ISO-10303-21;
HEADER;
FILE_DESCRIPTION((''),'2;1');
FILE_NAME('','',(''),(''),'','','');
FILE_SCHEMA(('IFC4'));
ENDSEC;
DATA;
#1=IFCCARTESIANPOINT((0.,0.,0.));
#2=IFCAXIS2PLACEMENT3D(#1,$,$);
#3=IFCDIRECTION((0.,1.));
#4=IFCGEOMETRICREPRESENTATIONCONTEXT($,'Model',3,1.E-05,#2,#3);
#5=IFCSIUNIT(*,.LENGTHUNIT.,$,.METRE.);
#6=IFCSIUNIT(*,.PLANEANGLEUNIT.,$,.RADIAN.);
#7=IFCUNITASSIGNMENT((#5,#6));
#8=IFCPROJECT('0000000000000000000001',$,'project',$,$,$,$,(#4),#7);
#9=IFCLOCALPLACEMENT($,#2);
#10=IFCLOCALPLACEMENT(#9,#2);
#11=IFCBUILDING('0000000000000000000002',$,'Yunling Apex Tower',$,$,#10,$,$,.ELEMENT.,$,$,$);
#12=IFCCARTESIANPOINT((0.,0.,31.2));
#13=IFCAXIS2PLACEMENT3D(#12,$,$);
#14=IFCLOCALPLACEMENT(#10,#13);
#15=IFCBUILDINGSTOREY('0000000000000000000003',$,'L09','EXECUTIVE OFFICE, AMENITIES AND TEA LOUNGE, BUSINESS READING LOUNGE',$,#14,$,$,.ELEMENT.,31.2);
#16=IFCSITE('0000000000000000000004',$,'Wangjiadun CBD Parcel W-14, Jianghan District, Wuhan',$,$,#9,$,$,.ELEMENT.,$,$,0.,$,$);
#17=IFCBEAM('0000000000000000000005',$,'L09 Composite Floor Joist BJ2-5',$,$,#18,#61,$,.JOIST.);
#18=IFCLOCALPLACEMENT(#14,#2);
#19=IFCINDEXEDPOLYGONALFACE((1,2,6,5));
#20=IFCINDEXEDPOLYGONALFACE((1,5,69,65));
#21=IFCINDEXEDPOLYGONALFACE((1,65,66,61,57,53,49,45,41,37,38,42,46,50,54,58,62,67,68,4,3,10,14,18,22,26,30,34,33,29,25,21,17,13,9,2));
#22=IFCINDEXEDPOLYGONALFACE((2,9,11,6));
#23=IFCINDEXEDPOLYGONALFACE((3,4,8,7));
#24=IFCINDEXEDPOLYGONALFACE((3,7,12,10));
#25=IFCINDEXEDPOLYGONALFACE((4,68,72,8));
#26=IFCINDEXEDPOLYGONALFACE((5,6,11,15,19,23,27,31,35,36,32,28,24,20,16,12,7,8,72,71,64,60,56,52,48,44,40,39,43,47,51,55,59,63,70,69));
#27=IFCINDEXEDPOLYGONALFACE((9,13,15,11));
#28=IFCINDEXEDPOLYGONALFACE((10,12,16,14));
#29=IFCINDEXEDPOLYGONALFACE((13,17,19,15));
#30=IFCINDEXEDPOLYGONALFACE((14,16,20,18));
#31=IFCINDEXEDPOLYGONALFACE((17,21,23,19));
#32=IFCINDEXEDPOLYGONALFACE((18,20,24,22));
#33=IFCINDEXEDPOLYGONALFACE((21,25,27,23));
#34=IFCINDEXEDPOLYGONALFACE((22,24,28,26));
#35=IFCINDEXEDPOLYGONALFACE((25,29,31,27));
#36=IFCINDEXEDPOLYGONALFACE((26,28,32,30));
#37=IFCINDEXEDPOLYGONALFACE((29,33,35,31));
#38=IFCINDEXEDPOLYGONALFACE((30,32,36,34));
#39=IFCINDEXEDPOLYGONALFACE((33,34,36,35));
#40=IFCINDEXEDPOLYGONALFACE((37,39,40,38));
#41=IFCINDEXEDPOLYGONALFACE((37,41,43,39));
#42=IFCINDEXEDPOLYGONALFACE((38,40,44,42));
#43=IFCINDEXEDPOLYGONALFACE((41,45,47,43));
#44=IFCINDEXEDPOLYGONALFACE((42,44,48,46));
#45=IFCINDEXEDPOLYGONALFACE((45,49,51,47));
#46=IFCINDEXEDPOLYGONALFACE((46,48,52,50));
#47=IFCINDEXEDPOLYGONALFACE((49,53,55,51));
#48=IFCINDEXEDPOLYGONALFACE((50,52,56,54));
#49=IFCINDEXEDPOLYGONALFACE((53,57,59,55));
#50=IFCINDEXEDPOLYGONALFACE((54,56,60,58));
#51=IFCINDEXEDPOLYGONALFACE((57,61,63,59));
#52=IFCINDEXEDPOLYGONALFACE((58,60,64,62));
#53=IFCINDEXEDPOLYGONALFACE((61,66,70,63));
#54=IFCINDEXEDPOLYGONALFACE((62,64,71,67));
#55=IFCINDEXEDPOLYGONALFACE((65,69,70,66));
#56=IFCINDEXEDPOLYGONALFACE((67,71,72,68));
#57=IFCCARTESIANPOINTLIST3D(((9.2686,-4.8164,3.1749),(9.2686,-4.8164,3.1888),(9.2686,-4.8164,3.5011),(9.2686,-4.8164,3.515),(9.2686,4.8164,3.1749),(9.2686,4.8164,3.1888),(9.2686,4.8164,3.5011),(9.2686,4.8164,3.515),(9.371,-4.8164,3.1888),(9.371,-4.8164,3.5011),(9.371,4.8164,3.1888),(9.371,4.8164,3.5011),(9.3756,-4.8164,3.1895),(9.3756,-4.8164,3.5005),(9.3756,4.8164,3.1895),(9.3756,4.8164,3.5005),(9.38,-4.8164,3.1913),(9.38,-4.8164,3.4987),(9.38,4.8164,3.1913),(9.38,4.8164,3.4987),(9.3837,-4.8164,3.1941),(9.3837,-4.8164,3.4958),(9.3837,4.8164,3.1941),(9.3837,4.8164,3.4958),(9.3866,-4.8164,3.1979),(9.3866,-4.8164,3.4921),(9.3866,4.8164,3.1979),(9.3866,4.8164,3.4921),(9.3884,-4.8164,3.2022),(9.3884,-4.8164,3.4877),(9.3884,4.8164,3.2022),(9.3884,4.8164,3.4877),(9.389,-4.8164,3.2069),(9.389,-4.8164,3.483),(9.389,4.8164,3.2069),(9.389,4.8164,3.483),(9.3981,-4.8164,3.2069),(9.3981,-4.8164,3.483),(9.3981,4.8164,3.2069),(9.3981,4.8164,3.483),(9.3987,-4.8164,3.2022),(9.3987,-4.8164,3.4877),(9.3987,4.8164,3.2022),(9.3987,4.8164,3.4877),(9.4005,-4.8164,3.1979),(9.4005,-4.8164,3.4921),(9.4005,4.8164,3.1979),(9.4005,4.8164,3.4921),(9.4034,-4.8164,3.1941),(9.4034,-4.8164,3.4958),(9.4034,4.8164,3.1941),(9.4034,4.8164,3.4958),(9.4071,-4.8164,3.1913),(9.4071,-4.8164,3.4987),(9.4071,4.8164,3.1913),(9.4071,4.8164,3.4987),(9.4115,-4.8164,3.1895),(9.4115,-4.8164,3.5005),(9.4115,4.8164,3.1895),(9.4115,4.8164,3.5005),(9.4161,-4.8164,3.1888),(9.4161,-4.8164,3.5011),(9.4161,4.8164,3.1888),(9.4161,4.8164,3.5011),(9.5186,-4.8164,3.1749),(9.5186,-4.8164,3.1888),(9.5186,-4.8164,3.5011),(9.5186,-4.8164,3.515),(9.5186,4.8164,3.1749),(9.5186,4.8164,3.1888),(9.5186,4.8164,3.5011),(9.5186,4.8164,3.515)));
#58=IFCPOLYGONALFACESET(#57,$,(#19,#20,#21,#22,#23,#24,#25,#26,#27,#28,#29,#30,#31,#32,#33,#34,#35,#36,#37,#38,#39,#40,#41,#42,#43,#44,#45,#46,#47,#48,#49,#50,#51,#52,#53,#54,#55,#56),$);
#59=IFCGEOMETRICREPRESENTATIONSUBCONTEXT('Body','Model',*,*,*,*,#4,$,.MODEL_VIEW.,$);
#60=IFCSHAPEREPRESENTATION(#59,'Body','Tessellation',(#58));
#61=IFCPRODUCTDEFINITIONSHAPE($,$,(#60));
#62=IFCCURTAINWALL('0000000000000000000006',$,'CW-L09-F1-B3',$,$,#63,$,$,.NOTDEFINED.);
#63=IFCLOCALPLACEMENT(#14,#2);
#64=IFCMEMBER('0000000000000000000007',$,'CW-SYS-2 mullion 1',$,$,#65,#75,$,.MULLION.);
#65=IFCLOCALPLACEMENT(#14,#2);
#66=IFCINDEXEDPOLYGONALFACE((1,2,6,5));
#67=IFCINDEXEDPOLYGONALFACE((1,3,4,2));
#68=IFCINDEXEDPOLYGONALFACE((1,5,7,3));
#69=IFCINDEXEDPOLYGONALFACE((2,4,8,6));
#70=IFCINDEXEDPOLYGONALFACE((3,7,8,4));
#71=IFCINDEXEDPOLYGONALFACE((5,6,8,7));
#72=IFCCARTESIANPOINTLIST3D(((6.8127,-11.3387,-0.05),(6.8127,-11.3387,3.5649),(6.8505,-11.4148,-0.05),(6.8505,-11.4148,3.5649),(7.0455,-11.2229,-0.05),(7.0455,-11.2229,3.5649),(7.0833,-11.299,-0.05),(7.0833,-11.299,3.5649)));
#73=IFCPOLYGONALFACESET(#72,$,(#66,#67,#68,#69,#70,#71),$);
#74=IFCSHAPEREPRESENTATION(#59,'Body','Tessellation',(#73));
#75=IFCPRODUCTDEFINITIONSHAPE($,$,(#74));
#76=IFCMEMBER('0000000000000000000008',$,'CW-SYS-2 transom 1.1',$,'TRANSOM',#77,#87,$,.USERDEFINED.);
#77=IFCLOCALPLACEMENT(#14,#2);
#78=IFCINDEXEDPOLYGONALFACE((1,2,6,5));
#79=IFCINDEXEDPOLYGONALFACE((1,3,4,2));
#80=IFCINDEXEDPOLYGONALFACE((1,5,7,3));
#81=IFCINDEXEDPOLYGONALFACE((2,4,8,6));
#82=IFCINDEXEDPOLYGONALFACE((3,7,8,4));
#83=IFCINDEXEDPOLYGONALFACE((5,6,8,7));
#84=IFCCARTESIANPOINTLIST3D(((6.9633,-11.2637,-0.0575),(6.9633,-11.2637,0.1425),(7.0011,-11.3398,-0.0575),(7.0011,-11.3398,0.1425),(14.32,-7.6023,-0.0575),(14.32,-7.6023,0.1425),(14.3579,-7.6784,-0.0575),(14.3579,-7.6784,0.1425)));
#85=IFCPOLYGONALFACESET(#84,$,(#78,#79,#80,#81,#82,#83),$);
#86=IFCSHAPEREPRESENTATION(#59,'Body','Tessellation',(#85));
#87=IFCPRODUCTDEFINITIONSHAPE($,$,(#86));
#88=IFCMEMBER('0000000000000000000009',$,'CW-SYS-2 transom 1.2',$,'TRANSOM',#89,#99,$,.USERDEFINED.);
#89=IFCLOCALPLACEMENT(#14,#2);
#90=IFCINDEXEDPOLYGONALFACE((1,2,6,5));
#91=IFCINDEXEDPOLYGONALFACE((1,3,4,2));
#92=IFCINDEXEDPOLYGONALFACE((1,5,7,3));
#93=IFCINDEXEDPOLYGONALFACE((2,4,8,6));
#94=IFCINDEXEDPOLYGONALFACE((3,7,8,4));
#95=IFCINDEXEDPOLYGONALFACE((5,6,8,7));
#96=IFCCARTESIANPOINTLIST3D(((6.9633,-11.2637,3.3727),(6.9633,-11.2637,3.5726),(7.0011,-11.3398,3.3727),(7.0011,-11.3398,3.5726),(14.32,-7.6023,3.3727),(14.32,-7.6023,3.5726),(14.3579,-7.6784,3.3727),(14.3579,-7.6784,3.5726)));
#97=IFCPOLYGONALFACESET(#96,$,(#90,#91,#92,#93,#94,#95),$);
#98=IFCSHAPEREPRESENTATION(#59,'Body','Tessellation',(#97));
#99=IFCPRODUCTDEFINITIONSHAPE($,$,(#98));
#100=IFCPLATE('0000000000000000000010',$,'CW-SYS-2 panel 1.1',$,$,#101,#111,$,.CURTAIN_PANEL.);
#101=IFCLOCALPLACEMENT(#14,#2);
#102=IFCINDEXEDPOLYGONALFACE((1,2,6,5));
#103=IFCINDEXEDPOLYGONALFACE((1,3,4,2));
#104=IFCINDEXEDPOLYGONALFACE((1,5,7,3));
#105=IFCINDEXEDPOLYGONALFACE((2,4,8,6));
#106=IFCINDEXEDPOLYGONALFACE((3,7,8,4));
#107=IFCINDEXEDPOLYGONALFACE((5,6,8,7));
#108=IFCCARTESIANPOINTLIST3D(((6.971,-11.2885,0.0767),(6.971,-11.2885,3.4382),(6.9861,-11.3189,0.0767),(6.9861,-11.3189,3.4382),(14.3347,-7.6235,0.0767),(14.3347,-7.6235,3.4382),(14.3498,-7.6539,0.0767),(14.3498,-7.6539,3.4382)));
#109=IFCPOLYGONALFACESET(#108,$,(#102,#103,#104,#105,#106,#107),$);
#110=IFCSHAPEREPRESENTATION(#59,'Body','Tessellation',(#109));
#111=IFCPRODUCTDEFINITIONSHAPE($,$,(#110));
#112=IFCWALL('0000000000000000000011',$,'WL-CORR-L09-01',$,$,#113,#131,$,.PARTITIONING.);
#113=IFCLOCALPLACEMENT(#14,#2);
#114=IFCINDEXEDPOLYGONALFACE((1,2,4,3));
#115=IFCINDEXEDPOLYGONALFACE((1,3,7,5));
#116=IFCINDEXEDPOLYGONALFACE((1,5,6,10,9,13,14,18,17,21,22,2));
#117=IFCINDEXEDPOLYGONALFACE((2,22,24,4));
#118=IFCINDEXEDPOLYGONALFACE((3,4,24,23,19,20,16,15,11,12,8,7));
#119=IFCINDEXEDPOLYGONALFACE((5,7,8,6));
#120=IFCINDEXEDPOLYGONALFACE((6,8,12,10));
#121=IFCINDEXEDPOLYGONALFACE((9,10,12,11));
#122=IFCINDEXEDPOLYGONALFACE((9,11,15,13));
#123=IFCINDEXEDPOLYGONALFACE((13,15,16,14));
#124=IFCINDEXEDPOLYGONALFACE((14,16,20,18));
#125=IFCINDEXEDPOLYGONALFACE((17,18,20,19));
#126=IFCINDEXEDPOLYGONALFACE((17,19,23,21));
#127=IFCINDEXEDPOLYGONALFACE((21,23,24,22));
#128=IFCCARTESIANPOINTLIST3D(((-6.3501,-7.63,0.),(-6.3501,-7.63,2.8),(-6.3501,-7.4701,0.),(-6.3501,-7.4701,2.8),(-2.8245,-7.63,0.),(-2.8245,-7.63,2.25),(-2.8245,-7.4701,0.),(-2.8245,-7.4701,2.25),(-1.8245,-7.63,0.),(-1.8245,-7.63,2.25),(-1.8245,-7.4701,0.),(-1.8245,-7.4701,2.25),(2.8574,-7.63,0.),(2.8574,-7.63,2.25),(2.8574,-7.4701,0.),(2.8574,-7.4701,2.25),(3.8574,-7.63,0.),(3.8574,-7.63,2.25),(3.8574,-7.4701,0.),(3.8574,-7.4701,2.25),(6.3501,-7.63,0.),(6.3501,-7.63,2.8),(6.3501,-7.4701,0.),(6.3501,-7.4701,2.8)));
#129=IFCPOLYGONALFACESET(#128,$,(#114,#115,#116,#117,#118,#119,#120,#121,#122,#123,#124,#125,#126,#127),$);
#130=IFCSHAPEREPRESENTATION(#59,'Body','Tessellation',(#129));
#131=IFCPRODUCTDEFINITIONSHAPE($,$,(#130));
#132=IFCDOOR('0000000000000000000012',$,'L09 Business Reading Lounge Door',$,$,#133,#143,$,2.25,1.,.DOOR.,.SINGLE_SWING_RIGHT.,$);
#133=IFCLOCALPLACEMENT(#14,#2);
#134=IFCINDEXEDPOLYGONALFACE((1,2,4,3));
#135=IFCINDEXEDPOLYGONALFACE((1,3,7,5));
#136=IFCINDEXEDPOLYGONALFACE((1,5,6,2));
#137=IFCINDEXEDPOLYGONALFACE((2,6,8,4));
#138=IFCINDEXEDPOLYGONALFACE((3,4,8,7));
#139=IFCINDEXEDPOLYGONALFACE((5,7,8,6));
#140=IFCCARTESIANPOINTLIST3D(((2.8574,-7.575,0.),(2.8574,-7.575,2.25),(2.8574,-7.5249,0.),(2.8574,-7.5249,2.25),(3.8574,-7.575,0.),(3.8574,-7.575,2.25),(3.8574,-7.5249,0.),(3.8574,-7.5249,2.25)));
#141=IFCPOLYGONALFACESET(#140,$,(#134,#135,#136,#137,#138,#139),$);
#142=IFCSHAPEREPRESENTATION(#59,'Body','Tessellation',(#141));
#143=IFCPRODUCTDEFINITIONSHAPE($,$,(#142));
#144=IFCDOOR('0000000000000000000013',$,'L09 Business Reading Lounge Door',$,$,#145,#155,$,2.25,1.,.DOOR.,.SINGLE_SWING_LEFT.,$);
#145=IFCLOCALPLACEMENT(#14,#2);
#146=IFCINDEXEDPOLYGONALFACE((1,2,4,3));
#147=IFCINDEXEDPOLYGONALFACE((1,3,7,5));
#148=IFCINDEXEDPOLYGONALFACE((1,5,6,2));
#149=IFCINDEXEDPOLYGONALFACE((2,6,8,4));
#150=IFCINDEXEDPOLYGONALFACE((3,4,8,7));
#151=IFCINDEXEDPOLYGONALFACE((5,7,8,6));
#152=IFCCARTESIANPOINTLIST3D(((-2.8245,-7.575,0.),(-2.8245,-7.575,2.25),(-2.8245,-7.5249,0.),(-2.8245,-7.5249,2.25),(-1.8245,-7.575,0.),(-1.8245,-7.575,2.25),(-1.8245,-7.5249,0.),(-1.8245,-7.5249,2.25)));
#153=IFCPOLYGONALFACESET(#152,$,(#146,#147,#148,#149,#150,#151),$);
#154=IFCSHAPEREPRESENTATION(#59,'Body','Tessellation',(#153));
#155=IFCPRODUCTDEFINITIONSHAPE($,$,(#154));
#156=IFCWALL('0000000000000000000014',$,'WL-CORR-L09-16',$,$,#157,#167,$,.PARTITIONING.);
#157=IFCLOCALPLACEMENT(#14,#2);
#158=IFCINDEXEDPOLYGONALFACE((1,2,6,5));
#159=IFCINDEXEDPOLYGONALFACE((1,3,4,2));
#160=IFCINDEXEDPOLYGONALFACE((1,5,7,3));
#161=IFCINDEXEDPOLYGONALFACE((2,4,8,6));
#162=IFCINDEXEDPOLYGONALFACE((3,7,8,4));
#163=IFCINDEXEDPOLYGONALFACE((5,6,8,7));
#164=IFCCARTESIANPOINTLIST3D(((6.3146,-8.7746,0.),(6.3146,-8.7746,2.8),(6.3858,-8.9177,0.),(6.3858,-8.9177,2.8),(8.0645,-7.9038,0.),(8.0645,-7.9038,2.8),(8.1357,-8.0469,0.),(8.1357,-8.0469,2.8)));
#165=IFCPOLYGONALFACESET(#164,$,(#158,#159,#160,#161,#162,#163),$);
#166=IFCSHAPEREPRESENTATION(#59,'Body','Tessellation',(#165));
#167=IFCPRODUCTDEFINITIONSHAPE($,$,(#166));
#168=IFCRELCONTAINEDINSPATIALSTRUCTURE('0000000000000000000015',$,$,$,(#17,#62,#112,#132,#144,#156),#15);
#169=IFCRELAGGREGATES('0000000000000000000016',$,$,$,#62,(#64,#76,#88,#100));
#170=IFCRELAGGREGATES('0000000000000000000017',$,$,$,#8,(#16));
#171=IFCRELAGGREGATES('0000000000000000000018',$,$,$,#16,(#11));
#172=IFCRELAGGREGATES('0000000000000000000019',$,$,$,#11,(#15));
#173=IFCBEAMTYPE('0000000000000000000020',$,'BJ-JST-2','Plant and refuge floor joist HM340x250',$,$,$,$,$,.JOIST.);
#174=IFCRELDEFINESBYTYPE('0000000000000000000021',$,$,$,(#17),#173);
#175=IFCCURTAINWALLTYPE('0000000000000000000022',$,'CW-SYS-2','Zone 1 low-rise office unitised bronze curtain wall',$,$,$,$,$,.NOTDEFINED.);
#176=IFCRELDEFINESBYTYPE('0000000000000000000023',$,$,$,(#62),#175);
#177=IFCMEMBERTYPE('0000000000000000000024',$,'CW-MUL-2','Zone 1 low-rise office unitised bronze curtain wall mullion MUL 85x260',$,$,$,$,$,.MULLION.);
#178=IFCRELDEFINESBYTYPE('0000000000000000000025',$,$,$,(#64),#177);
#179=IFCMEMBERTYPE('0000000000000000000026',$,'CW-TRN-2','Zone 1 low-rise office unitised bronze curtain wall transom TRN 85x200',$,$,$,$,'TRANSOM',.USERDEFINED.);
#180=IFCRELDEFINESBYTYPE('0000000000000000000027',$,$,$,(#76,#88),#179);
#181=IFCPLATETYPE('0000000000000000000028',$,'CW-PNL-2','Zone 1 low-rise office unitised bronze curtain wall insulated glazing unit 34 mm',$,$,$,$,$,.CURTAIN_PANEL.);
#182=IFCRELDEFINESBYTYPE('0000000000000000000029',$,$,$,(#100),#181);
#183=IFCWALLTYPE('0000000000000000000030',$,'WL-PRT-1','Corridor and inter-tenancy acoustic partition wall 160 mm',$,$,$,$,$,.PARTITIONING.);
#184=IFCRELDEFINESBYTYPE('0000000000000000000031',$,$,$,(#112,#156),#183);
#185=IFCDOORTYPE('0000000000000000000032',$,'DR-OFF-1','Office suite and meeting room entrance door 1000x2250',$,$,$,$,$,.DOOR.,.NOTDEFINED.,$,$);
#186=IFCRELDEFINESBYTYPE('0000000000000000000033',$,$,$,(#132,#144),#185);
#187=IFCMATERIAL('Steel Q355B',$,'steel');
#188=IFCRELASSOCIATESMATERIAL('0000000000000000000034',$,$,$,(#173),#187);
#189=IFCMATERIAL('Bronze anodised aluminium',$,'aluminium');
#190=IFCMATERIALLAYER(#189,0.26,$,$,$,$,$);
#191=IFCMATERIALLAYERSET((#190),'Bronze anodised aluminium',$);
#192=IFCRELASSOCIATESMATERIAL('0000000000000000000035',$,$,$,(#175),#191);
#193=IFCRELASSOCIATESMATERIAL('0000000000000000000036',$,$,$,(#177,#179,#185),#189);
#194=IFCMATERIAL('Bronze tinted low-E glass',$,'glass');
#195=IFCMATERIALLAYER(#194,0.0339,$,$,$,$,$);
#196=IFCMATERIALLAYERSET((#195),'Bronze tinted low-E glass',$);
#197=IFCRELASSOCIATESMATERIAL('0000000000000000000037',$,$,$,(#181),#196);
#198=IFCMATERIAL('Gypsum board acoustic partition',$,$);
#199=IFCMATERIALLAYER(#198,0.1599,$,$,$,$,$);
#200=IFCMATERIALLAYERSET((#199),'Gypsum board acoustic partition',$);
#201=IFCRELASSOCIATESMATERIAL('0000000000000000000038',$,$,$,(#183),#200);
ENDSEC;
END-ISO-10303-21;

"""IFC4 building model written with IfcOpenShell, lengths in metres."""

from ifc_helpers import new_model, si_unit, direction, frame, frame_2d, origin, origin_2d, place, context, subcontext, project, spatial, rectangle, i_section, extrude, source, transform, mapped, material, layer, layer_set, material_profile, profile_set, type_object, element, fill, aggregate, save


model = new_model("IFC4")

# Units and contexts
model_context = context("Model", 3, precision=1e-05, world=origin(), true_north=direction((0.0, 1.0)))
body_context = subcontext(model_context, "Body", "Model", "MODEL_VIEW")
ifc_project = project(units=[si_unit("LENGTHUNIT", "METRE"), si_unit("PLANEANGLEUNIT", "RADIAN")], contexts=[model_context])

# Site, building, storey
site_placement = place(None, origin())
site = spatial("IfcSite", under=ifc_project, at=site_placement, Name="Wangjiadun CBD Parcel W-14, Jianghan District, Wuhan", CompositionType="ELEMENT", RefElevation=0.0)
building_placement = place(site_placement, origin())
building = spatial("IfcBuilding", under=site, at=building_placement, Name="Yunling Apex Tower", CompositionType="ELEMENT")
storey_placement = place(building_placement, frame((0.0, 0.0, 31.2)))
storey = spatial("IfcBuildingStorey", under=building, at=storey_placement, Name="L09", Description="EXECUTIVE OFFICE, AMENITIES AND TEA LOUNGE, BUSINESS READING LOUNGE", CompositionType="ELEMENT", Elevation=31.2)

# Beam
ifc_material_1 = material(Name="Steel Q355B", Category="steel")
ifc_material_profile_1 = material_profile(ifc_material_1, i_section(OverallWidth=0.25, OverallDepth=0.3401, WebThickness=0.009, FlangeThickness=0.0139, FilletRadius=0.0181, at=origin_2d()))
ifc_profile_set_1 = profile_set([ifc_material_profile_1], Name="Steel Q355B")
beam_type_1 = type_object("IfcBeamType", Name="BJ-JST-2", Description="Plant and refuge floor joist HM340x250", PredefinedType="JOIST", material=ifc_profile_set_1)
shared_shape_1 = source(origin(), body_context, "Body", "SweptSolid", [
    extrude(i_section(OverallWidth=0.25, OverallDepth=0.3401, WebThickness=0.009, FlangeThickness=0.0139, FilletRadius=0.0181, at=origin_2d()), origin(), (0.0, 0.0, 1.0), 9.6328),
])
beam_1_placement = place(storey_placement, frame((9.3936, -4.8164, 3.345), z_axis=(0.0, 1.0, 0.0), x_axis=(-1.0, 0.0, 0.0)))
element("IfcBeam", 1, at=beam_1_placement, inside=storey, type_object=beam_type_1, Name="L09 Composite Floor Joist BJ2-5", PredefinedType="JOIST", context=body_context, shape_type="MappedRepresentation", body=[
    mapped(shared_shape_1, transform((0.0, 0.0, 0.0), scale=1.0)),
])

# Curtain wall, members, plate
ifc_material_2 = material(Name="Bronze anodised aluminium", Category="aluminium")
ifc_layer_1 = layer(ifc_material_2, 0.26)
ifc_layer_set_1 = layer_set([ifc_layer_1], Name="Bronze anodised aluminium")
curtain_wall_type = type_object("IfcCurtainWallType", Name="CW-SYS-2", Description="Zone 1 low-rise office unitised bronze curtain wall", PredefinedType="NOTDEFINED", material=ifc_layer_set_1)
curtain_wall_placement = place(storey_placement, origin())
curtain_wall = element("IfcCurtainWall", 2, at=curtain_wall_placement, inside=storey, type_object=curtain_wall_type, Name="CW-L09-F1-B3", PredefinedType="NOTDEFINED")
ifc_material_profile_2 = material_profile(ifc_material_2, rectangle(XDim=0.085, YDim=0.26, at=origin_2d()))
ifc_profile_set_2 = profile_set([ifc_material_profile_2], Name="Bronze anodised aluminium")
member_type_1 = type_object("IfcMemberType", Name="CW-MUL-2", Description="Zone 1 low-rise office unitised bronze curtain wall mullion MUL 85x260", PredefinedType="MULLION", material=ifc_profile_set_2)
shared_shape_2 = source(origin(), body_context, "Body", "SweptSolid", [
    extrude(rectangle(XDim=0.085, YDim=0.26, at=origin_2d()), origin(), (0.0, 0.0, 1.0), 3.615),
])
member_1_placement = place(storey_placement, frame((6.948, -11.3188, -0.05), z_axis=(0.0, 0.0, 1.0), x_axis=(-0.445571, 0.895247, 0.0)))
member_1 = element("IfcMember", 3, at=member_1_placement, type_object=member_type_1, Name="CW-SYS-2 mullion 1", PredefinedType="MULLION", context=body_context, shape_type="MappedRepresentation", body=[
    mapped(shared_shape_2, transform((0.0, 0.0, 0.0), scale=1.0)),
])
ifc_material_profile_3 = material_profile(ifc_material_2, rectangle(XDim=0.085, YDim=0.2, at=origin_2d()))
ifc_profile_set_3 = profile_set([ifc_material_profile_3], Name="Bronze anodised aluminium")
member_type_2 = type_object("IfcMemberType", Name="CW-TRN-2", Description="Zone 1 low-rise office unitised bronze curtain wall transom TRN 85x200", ElementType="TRANSOM", PredefinedType="USERDEFINED", material=ifc_profile_set_3)
shared_shape_3 = source(origin(), body_context, "Body", "SweptSolid", [
    extrude(rectangle(XDim=0.085, YDim=0.2, at=origin_2d()), origin(), (0.0, 0.0, 1.0), 8.2175),
])
member_2_placement = place(storey_placement, frame((6.9822, -11.3018, 0.0425), z_axis=(0.895252, 0.445561, 0.0), x_axis=(-0.445561, 0.895252, 0.0)))
member_2 = element("IfcMember", 4, at=member_2_placement, type_object=member_type_2, Name="CW-SYS-2 transom 1.1", ObjectType="TRANSOM", PredefinedType="USERDEFINED", context=body_context, shape_type="MappedRepresentation", body=[
    mapped(shared_shape_3, transform((0.0, 0.0, 0.0), scale=1.0)),
])
member_3_placement = place(storey_placement, frame((6.9822, -11.3018, 3.4727), z_axis=(0.895252, 0.445561, 0.0), x_axis=(-0.445561, 0.895252, 0.0)))
member_3 = element("IfcMember", 5, at=member_3_placement, type_object=member_type_2, Name="CW-SYS-2 transom 1.2", ObjectType="TRANSOM", PredefinedType="USERDEFINED", context=body_context, shape_type="MappedRepresentation", body=[
    mapped(shared_shape_3, transform((0.0, 0.0, 0.0), scale=1.0)),
])
ifc_material_3 = material(Name="Bronze tinted low-E glass", Category="glass")
ifc_layer_2 = layer(ifc_material_3, 0.0339)
ifc_layer_set_2 = layer_set([ifc_layer_2], Name="Bronze tinted low-E glass")
plate_type = type_object("IfcPlateType", Name="CW-PNL-2", Description="Zone 1 low-rise office unitised bronze curtain wall insulated glazing unit 34 mm", PredefinedType="CURTAIN_PANEL", material=ifc_layer_set_2)
shared_shape_4 = source(origin(), body_context, "Body", "SweptSolid", [
    extrude(rectangle(XDim=8.2253, YDim=0.0339, at=origin_2d()), origin(), (0.0, 0.0, 1.0), 3.3616),
])
plate_placement = place(storey_placement, frame((10.6604, -9.4712, 0.0767), z_axis=(0.0, 0.0, 1.0), x_axis=(0.895247, 0.445571, 0.0)))
plate = element("IfcPlate", 6, at=plate_placement, type_object=plate_type, Name="CW-SYS-2 panel 1.1", PredefinedType="CURTAIN_PANEL", context=body_context, shape_type="MappedRepresentation", body=[
    mapped(shared_shape_4, transform((0.0, 0.0, 0.0), scale=1.0)),
])
aggregate(curtain_wall, [member_1, member_2, member_3, plate])

# Wall, openings, doors
ifc_material_4 = material(Name="Gypsum board acoustic partition")
ifc_layer_3 = layer(ifc_material_4, 0.1599)
ifc_layer_set_3 = layer_set([ifc_layer_3], Name="Gypsum board acoustic partition")
wall_type_1 = type_object("IfcWallType", Name="WL-PRT-1", Description="Corridor and inter-tenancy acoustic partition wall 160 mm", PredefinedType="PARTITIONING", material=ifc_layer_set_3)
wall_1_placement = place(storey_placement, frame((6.3501, -7.55, 0.0), z_axis=(0.0, 0.0, 1.0), x_axis=(-1.0, 0.0, 0.0)))
wall_1 = element("IfcWall", 7, at=wall_1_placement, inside=storey, type_object=wall_type_1, Name="WL-CORR-L09-01", PredefinedType="PARTITIONING", context=body_context, shape_type="SweptSolid", body=[
    extrude(rectangle(XDim=12.7002, YDim=0.1599, at=frame_2d((6.3501, 0.0))), origin(), (0.0, 0.0, 1.0), 2.8),
])
opening_1_placement = place(wall_1_placement, frame((2.4927, 0.0, 0.0)))
opening_1 = element("IfcOpeningElement", 8, at=opening_1_placement, cuts=wall_1, PredefinedType="OPENING", context=body_context, shape_type="SweptSolid", body=[
    extrude(rectangle(XDim=1.0, YDim=2.25, at=frame_2d((0.5, 1.125))), frame((0.0, 0.0898, 0.0), z_axis=(0.0, -1.0, 0.0), x_axis=(1.0, 0.0, 0.0)), (0.0, 0.0, 1.0), 0.1799),
])
opening_2_placement = place(wall_1_placement, frame((8.1746, 0.0, 0.0)))
opening_2 = element("IfcOpeningElement", 9, at=opening_2_placement, cuts=wall_1, PredefinedType="OPENING", context=body_context, shape_type="SweptSolid", body=[
    extrude(rectangle(XDim=1.0, YDim=2.25, at=frame_2d((0.5, 1.125))), frame((0.0, 0.0898, 0.0), z_axis=(0.0, -1.0, 0.0), x_axis=(1.0, 0.0, 0.0)), (0.0, 0.0, 1.0), 0.1799),
])
door_type = type_object("IfcDoorType", Name="DR-OFF-1", Description="Office suite and meeting room entrance door 1000x2250", OperationType="NOTDEFINED", PredefinedType="DOOR", material=ifc_material_2)
door_1_placement = place(opening_1_placement, origin())
door_1 = element("IfcDoor", 10, at=door_1_placement, inside=storey, type_object=door_type, Name="L09 Business Reading Lounge Door", OperationType="SINGLE_SWING_RIGHT", OverallHeight=2.25, OverallWidth=1.0, PredefinedType="DOOR", context=body_context, shape_type="SweptSolid", body=[
    extrude(rectangle(XDim=1.0, YDim=2.25, at=frame_2d((0.5, 1.125))), frame((0.0, 0.0249, 0.0), z_axis=(0.0, -1.0, 0.0), x_axis=(1.0, 0.0, 0.0)), (0.0, 0.0, 1.0), 0.05),
])
fill(opening_1, door_1)
door_2_placement = place(opening_2_placement, origin())
door_2 = element("IfcDoor", 11, at=door_2_placement, inside=storey, type_object=door_type, Name="L09 Business Reading Lounge Door", OperationType="SINGLE_SWING_LEFT", OverallHeight=2.25, OverallWidth=1.0, PredefinedType="DOOR", context=body_context, shape_type="SweptSolid", body=[
    extrude(rectangle(XDim=1.0, YDim=2.25, at=frame_2d((0.5, 1.125))), frame((0.0, 0.0249, 0.0), z_axis=(0.0, -1.0, 0.0), x_axis=(1.0, 0.0, 0.0)), (0.0, 0.0, 1.0), 0.05),
])
fill(opening_2, door_2)

# Wall
wall_2_placement = place(storey_placement, frame((8.1001, -7.9753, 0.0), z_axis=(0.0, 0.0, 1.0), x_axis=(-0.895275, -0.445514, 0.0)))
element("IfcWall", 12, at=wall_2_placement, inside=storey, type_object=wall_type_1, Name="WL-CORR-L09-16", PredefinedType="PARTITIONING", context=body_context, shape_type="SweptSolid", body=[
    extrude(rectangle(XDim=1.9546, YDim=0.1599, at=frame_2d((0.9773, 0.0))), origin(), (0.0, 0.0, 1.0), 2.8),
])

save(model, "model.ifc")
